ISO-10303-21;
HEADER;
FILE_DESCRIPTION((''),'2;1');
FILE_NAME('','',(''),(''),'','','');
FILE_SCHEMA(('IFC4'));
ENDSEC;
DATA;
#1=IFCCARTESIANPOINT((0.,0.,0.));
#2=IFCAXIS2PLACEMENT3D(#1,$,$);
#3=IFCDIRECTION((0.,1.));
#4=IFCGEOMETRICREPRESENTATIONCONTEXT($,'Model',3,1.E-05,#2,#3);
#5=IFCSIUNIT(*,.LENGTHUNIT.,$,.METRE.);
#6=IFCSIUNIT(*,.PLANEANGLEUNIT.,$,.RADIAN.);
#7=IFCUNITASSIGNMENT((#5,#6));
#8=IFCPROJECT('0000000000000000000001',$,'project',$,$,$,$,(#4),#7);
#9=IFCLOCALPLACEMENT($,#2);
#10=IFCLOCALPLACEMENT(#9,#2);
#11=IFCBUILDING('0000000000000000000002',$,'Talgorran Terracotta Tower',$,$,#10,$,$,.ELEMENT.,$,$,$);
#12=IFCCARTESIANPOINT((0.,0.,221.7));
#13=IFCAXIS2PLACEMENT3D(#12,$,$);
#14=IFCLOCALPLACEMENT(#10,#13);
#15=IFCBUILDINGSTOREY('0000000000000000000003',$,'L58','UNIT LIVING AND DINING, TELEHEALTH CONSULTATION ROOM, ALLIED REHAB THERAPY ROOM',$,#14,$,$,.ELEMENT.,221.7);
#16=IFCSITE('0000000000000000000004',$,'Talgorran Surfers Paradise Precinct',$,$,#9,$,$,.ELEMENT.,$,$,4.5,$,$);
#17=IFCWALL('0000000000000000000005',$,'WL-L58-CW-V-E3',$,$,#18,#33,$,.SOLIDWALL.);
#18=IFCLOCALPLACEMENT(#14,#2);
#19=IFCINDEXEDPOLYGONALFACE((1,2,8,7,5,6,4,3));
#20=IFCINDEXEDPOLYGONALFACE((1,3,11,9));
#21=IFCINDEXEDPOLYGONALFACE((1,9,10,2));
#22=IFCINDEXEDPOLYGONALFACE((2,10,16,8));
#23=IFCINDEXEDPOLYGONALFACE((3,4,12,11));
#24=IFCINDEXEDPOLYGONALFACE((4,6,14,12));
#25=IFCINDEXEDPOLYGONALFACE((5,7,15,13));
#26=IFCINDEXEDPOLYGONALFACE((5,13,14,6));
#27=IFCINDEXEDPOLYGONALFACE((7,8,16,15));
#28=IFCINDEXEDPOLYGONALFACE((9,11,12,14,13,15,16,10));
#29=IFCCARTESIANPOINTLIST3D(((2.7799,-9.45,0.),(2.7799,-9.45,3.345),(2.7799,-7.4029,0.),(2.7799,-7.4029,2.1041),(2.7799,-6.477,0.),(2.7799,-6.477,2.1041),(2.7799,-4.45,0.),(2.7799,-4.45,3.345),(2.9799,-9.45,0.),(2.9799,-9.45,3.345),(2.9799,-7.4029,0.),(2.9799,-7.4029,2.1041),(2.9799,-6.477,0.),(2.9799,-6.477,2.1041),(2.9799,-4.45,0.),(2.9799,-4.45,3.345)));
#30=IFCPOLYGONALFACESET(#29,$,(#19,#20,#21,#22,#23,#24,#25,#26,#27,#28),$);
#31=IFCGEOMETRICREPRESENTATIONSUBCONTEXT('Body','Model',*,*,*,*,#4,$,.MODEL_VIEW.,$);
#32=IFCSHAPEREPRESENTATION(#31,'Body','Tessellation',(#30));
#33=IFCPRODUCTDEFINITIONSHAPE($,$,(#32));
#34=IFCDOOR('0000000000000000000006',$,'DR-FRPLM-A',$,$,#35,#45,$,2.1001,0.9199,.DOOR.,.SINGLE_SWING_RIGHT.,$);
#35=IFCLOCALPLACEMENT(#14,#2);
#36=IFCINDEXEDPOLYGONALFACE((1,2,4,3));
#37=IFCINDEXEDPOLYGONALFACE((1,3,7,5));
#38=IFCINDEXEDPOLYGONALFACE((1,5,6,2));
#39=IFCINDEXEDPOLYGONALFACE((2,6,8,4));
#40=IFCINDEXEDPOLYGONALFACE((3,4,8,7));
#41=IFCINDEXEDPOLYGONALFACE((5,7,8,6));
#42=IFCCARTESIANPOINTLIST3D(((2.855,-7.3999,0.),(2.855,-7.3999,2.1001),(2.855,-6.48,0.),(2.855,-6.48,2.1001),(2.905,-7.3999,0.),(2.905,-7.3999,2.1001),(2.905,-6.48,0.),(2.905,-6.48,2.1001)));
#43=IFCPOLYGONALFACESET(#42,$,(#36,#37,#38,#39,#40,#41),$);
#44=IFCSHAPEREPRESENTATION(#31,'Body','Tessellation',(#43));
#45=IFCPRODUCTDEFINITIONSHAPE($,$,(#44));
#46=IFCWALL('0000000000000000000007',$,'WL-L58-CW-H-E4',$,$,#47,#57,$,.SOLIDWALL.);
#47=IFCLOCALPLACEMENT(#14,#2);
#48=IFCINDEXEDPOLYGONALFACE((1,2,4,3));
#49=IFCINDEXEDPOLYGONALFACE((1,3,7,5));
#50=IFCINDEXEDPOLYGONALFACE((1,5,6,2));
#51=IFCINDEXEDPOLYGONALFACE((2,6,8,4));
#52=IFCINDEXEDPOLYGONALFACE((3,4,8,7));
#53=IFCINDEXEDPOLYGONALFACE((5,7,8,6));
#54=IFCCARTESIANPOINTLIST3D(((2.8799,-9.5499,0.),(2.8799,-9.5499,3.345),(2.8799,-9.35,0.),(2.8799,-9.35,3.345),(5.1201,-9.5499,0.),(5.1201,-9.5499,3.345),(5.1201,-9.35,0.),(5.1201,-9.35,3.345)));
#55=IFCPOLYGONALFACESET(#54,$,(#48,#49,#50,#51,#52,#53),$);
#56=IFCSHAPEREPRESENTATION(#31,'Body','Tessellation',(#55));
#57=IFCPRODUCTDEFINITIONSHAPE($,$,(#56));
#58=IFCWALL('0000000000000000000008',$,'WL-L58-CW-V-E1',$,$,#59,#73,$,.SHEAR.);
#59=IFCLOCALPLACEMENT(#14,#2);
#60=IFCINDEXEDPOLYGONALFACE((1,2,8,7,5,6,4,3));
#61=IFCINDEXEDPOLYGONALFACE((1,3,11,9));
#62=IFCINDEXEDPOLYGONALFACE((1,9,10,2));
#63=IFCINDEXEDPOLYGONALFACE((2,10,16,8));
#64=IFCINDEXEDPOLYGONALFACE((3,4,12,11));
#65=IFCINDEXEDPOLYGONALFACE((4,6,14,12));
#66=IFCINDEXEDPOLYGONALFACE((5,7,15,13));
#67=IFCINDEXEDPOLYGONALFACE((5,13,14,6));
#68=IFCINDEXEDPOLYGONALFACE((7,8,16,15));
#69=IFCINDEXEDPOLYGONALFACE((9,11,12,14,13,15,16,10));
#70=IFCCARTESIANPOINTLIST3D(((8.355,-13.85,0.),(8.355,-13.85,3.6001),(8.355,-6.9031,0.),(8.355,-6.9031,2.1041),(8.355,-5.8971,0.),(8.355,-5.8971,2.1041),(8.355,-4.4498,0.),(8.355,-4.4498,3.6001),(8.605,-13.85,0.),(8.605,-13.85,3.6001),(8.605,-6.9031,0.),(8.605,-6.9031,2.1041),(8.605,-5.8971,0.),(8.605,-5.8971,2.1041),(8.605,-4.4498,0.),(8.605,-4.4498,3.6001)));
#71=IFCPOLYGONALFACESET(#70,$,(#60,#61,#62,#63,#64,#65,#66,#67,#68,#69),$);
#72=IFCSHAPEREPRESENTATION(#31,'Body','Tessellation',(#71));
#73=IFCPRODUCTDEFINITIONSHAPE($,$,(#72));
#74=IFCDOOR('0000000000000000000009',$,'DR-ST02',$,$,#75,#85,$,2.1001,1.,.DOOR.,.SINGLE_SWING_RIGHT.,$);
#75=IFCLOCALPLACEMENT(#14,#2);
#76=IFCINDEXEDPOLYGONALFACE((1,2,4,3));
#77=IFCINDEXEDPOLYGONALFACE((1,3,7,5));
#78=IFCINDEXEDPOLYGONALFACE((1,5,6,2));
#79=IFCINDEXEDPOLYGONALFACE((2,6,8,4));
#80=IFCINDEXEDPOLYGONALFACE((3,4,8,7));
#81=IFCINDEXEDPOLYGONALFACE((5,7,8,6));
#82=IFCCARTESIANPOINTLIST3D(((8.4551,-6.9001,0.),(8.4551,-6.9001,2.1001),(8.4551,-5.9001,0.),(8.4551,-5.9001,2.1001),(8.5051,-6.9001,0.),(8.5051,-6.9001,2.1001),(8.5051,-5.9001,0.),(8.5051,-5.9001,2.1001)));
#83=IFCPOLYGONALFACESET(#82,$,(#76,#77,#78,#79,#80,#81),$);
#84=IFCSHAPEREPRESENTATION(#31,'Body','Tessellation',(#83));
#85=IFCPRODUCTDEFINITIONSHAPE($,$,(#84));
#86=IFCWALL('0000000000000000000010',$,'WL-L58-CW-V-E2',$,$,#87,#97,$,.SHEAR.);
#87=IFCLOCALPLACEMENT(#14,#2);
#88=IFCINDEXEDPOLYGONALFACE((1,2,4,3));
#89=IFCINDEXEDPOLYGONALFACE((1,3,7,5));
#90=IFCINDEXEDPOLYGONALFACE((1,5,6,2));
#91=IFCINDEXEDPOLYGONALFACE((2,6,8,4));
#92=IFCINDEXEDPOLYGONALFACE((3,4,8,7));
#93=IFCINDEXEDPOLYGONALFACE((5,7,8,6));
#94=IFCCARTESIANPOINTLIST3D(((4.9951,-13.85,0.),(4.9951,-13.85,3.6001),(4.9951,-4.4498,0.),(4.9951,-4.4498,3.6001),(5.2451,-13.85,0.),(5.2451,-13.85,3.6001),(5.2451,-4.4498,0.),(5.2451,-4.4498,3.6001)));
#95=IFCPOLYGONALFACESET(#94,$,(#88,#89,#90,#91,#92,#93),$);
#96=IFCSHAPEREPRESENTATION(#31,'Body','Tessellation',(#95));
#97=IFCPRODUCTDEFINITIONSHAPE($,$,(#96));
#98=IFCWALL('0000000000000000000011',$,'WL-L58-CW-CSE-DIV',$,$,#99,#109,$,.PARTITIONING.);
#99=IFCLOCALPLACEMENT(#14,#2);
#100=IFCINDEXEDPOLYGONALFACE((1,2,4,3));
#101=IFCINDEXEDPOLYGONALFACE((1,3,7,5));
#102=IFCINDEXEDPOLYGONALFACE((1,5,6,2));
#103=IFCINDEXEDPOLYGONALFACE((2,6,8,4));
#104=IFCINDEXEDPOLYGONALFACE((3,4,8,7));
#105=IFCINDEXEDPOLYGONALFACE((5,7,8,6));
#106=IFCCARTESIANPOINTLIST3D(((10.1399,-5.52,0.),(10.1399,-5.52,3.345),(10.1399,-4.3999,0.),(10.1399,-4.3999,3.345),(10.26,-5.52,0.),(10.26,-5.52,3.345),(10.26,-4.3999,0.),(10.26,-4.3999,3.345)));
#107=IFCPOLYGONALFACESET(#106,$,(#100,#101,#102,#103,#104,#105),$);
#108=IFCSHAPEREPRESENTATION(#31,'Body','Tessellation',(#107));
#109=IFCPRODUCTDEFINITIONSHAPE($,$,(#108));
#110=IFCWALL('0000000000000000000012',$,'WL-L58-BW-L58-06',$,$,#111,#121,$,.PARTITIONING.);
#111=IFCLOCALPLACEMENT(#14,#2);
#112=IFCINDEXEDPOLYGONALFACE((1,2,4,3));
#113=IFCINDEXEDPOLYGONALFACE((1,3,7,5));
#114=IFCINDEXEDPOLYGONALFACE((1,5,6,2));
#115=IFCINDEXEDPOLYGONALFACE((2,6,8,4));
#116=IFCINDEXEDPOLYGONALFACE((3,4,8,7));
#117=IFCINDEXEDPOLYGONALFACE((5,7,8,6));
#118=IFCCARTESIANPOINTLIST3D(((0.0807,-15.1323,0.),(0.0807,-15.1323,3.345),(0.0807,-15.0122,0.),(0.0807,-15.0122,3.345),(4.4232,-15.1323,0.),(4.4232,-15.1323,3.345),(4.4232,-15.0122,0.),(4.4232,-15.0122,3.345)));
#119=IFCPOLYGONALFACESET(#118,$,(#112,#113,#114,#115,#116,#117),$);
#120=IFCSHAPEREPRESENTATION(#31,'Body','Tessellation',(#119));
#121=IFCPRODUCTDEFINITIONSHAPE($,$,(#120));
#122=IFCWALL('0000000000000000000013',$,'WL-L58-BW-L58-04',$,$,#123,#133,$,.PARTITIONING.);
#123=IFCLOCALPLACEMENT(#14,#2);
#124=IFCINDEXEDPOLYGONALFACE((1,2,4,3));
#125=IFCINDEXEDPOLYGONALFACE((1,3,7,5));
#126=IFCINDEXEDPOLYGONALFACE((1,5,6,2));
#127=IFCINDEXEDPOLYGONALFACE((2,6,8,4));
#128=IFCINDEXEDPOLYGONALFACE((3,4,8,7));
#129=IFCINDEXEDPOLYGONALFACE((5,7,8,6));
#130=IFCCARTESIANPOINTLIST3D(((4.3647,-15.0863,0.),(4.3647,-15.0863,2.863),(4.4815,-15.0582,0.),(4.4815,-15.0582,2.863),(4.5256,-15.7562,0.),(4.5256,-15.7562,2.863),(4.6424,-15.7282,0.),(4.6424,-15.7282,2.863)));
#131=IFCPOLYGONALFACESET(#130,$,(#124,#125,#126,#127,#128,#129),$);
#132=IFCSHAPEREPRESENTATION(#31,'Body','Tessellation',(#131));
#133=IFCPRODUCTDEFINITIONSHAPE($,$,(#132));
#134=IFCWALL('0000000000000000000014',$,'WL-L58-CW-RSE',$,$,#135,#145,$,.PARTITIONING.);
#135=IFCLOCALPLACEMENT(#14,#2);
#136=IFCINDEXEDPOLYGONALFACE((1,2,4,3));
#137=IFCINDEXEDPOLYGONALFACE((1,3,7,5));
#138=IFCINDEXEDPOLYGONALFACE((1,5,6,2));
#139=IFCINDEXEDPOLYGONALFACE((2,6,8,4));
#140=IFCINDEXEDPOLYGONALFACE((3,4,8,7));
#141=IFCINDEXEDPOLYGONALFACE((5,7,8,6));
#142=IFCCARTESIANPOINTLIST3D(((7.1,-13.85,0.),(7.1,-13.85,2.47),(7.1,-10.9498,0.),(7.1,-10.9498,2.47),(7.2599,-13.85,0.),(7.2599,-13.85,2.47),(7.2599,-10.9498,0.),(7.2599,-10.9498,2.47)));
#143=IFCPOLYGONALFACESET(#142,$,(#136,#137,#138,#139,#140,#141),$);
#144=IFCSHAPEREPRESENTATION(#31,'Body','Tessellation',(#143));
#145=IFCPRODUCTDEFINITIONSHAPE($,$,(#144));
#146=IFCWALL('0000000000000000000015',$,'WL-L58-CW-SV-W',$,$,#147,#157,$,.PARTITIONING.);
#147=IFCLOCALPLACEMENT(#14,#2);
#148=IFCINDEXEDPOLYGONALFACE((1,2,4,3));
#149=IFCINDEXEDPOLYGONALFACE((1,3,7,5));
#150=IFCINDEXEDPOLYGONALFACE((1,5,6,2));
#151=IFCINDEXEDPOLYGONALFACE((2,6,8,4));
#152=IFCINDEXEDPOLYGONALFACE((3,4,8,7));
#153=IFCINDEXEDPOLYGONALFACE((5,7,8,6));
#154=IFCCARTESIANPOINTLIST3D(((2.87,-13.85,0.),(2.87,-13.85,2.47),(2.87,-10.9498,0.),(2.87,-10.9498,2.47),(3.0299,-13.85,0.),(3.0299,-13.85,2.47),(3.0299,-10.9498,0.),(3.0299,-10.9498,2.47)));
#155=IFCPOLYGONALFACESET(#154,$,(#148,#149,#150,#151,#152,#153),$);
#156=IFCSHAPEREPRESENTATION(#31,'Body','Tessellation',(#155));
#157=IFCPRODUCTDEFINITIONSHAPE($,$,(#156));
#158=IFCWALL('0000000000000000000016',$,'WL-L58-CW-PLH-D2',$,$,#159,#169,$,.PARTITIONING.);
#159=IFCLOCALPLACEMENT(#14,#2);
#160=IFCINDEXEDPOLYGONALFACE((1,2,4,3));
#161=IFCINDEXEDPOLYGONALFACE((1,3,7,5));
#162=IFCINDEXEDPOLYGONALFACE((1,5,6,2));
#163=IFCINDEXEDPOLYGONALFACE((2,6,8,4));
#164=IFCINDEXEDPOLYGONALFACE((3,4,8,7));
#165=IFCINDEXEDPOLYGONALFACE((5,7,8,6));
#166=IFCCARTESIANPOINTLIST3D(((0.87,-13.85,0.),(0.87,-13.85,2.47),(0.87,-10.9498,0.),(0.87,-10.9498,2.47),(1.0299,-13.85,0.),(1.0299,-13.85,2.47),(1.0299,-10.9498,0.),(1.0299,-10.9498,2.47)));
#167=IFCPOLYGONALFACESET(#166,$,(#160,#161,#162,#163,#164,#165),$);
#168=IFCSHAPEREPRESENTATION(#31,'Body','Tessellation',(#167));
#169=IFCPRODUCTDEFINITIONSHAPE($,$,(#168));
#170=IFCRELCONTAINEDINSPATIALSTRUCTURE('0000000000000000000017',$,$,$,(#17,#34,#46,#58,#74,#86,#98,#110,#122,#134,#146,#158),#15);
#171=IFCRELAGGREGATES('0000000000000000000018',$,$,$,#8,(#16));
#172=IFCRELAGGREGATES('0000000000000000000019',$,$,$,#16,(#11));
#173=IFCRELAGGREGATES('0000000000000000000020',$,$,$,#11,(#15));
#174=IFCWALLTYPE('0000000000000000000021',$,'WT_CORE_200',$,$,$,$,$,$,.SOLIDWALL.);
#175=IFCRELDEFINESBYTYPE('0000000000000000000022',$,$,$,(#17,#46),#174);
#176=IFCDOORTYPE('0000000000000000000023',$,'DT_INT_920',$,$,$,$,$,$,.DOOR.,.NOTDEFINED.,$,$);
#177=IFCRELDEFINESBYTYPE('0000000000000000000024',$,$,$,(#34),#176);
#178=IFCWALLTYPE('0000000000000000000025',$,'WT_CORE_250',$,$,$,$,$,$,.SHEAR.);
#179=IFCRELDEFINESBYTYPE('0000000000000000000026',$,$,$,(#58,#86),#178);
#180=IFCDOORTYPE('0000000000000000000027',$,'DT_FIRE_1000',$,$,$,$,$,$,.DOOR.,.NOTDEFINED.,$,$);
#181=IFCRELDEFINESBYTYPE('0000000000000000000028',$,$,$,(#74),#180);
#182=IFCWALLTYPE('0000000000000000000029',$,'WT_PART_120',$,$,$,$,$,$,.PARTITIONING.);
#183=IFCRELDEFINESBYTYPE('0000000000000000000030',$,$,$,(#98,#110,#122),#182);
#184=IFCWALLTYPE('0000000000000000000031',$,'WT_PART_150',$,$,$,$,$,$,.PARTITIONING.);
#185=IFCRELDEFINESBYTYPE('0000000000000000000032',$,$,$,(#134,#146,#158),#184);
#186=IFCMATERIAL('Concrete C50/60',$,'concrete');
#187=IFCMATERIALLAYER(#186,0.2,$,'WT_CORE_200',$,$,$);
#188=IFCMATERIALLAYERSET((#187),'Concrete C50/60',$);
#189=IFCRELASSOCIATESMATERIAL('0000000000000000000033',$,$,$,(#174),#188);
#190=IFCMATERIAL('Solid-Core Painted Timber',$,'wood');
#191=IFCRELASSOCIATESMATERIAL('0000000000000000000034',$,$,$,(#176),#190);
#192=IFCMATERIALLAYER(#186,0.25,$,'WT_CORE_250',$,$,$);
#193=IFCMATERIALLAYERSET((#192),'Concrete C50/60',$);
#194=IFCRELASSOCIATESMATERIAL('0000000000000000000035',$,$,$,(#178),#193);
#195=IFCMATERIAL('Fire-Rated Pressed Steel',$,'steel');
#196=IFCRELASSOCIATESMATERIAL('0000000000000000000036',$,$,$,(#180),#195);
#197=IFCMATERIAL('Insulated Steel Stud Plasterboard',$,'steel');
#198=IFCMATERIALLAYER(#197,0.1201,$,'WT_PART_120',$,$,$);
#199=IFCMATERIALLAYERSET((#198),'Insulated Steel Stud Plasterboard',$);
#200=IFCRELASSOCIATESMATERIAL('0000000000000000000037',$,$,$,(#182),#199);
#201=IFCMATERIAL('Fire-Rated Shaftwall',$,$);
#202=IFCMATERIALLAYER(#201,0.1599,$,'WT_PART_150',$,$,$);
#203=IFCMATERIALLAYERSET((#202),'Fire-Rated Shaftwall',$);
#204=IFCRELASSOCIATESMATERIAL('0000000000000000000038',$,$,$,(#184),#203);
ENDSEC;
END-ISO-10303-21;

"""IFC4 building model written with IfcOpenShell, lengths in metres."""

from ifc_helpers import new_model, si_unit, direction, frame, frame_2d, origin, place, context, subcontext, project, spatial, rectangle, extrude, material, layer, layer_set, type_object, element, fill, save


model = new_model("IFC4")

# Units and contexts
model_context = context("Model", 3, precision=1e-05, world=origin(), true_north=direction((0.0, 1.0)))
body_context = subcontext(model_context, "Body", "Model", "MODEL_VIEW")
ifc_project = project(units=[si_unit("LENGTHUNIT", "METRE"), si_unit("PLANEANGLEUNIT", "RADIAN")], contexts=[model_context])

# Site, building, storey
site_placement = place(None, origin())
site = spatial("IfcSite", under=ifc_project, at=site_placement, Name="Talgorran Surfers Paradise Precinct", CompositionType="ELEMENT", RefElevation=4.5)
building_placement = place(site_placement, origin())
building = spatial("IfcBuilding", under=site, at=building_placement, Name="Talgorran Terracotta Tower", CompositionType="ELEMENT")
storey_placement = place(building_placement, frame((0.0, 0.0, 221.7)))
storey = spatial("IfcBuildingStorey", under=building, at=storey_placement, Name="L58", Description="UNIT LIVING AND DINING, TELEHEALTH CONSULTATION ROOM, ALLIED REHAB THERAPY ROOM", CompositionType="ELEMENT", Elevation=221.7)

# Shared definitions
ifc_material_1 = material(Name="Concrete C50/60", Category="concrete")

# Shared definitions
ifc_layer_1 = layer(ifc_material_1, 0.2, Name="WT_CORE_200")
ifc_layer_set_1 = layer_set([ifc_layer_1], Name="Concrete C50/60")
wall_type_1 = type_object("IfcWallType", Name="WT_CORE_200", PredefinedType="SOLIDWALL", material=ifc_layer_set_1)

# Shared definitions
ifc_material_2 = material(Name="Fire-Rated Pressed Steel", Category="steel")

# Wall, opening, door
wall_1_placement = place(storey_placement, frame((2.8799, -9.45, 0.0), z_axis=(0.0, 0.0, 1.0), x_axis=(0.0, 1.0, 0.0)))
wall_1 = element("IfcWall", 1, at=wall_1_placement, inside=storey, type_object=wall_type_1, Name="WL-L58-CW-V-E3", PredefinedType="SOLIDWALL", context=body_context, shape_type="SweptSolid", body=[
    extrude(rectangle(XDim=5.0, YDim=0.2, at=frame_2d((2.5, 0.0))), origin(), (0.0, 0.0, 1.0), 3.345),
])
opening_1_placement = place(wall_1_placement, frame((2.05, 0.0, 0.0)))
opening_1 = element("IfcOpeningElement", 2, at=opening_1_placement, cuts=wall_1, PredefinedType="OPENING", context=body_context, shape_type="SweptSolid", body=[
    extrude(rectangle(XDim=0.9259, YDim=2.1041, at=frame_2d((0.46, 1.052))), frame((0.0, 0.1099, 0.0), z_axis=(0.0, -1.0, 0.0), x_axis=(1.0, 0.0, 0.0)), (0.0, 0.0, 1.0), 0.22),
])
ifc_material_3 = material(Name="Solid-Core Painted Timber", Category="wood")
door_type_1 = type_object("IfcDoorType", Name="DT_INT_920", OperationType="NOTDEFINED", PredefinedType="DOOR", material=ifc_material_3)
door_1_placement = place(opening_1_placement, origin())
door_1 = element("IfcDoor", 3, at=door_1_placement, inside=storey, type_object=door_type_1, Name="DR-FRPLM-A", OperationType="SINGLE_SWING_RIGHT", OverallHeight=2.1001, OverallWidth=0.9199, PredefinedType="DOOR", context=body_context, shape_type="SweptSolid", body=[
    extrude(rectangle(XDim=0.9199, YDim=2.1001, at=frame_2d((0.46, 1.05))), frame((0.0, 0.0249, 0.0), z_axis=(0.0, -1.0, 0.0), x_axis=(1.0, 0.0, 0.0)), (0.0, 0.0, 1.0), 0.05),
])
fill(opening_1, door_1)

# Wall
wall_2_placement = place(storey_placement, frame((2.8799, -9.45, 0.0), z_axis=(0.0, 0.0, 1.0), x_axis=(1.0, 0.0, 0.0)))
element("IfcWall", 4, at=wall_2_placement, inside=storey, type_object=wall_type_1, Name="WL-L58-CW-H-E4", PredefinedType="SOLIDWALL", context=body_context, shape_type="SweptSolid", body=[
    extrude(rectangle(XDim=2.2402, YDim=0.2, at=frame_2d((1.1201, 0.0))), origin(), (0.0, 0.0, 1.0), 3.345),
])

# Wall, opening, door
ifc_layer_2 = layer(ifc_material_1, 0.25, Name="WT_CORE_250")
ifc_layer_set_2 = layer_set([ifc_layer_2], Name="Concrete C50/60")
wall_type_2 = type_object("IfcWallType", Name="WT_CORE_250", PredefinedType="SHEAR", material=ifc_layer_set_2)
wall_3_placement = place(storey_placement, frame((8.48, -13.8501, 0.0), z_axis=(0.0, 0.0, 1.0), x_axis=(0.0, 1.0, 0.0)))
wall_3 = element("IfcWall", 5, at=wall_3_placement, inside=storey, type_object=wall_type_2, Name="WL-L58-CW-V-E1", PredefinedType="SHEAR", context=body_context, shape_type="SweptSolid", body=[
    extrude(rectangle(XDim=9.4001, YDim=0.25, at=frame_2d((4.7002, 0.0))), origin(), (0.0, 0.0, 1.0), 3.6001),
])
opening_2_placement = place(wall_3_placement, frame((6.95, 0.0, 0.0)))
opening_2 = element("IfcOpeningElement", 6, at=opening_2_placement, cuts=wall_3, PredefinedType="OPENING", context=body_context, shape_type="SweptSolid", body=[
    extrude(rectangle(XDim=1.006, YDim=2.1041, at=frame_2d((0.5, 1.052))), frame((0.0, 0.135, 0.0), z_axis=(0.0, -1.0, 0.0), x_axis=(1.0, 0.0, 0.0)), (0.0, 0.0, 1.0), 0.27),
])
door_type_2 = type_object("IfcDoorType", Name="DT_FIRE_1000", OperationType="NOTDEFINED", PredefinedType="DOOR", material=ifc_material_2)
door_2_placement = place(opening_2_placement, origin())
door_2 = element("IfcDoor", 7, at=door_2_placement, inside=storey, type_object=door_type_2, Name="DR-ST02", OperationType="SINGLE_SWING_RIGHT", OverallHeight=2.1001, OverallWidth=1.0, PredefinedType="DOOR", context=body_context, shape_type="SweptSolid", body=[
    extrude(rectangle(XDim=1.0, YDim=2.1001, at=frame_2d((0.5, 1.05))), frame((0.0, 0.0249, 0.0), z_axis=(0.0, -1.0, 0.0), x_axis=(1.0, 0.0, 0.0)), (0.0, 0.0, 1.0), 0.05),
])
fill(opening_2, door_2)

# Walls
wall_4_placement = place(storey_placement, frame((5.1201, -13.8501, 0.0), z_axis=(0.0, 0.0, 1.0), x_axis=(0.0, 1.0, 0.0)))
element("IfcWall", 8, at=wall_4_placement, inside=storey, type_object=wall_type_2, Name="WL-L58-CW-V-E2", PredefinedType="SHEAR", context=body_context, shape_type="SweptSolid", body=[
    extrude(rectangle(XDim=9.4001, YDim=0.25, at=frame_2d((4.7002, 0.0))), origin(), (0.0, 0.0, 1.0), 3.6001),
])
ifc_material_4 = material(Name="Insulated Steel Stud Plasterboard", Category="steel")
ifc_layer_3 = layer(ifc_material_4, 0.1201, Name="WT_PART_120")
ifc_layer_set_3 = layer_set([ifc_layer_3], Name="Insulated Steel Stud Plasterboard")
wall_type_3 = type_object("IfcWallType", Name="WT_PART_120", PredefinedType="PARTITIONING", material=ifc_layer_set_3)
wall_5_placement = place(storey_placement, frame((10.2, -5.52, 0.0), z_axis=(0.0, 0.0, 1.0), x_axis=(0.0, 1.0, 0.0)))
element("IfcWall", 9, at=wall_5_placement, inside=storey, type_object=wall_type_3, Name="WL-L58-CW-CSE-DIV", PredefinedType="PARTITIONING", context=body_context, shape_type="SweptSolid", body=[
    extrude(rectangle(XDim=1.1201, YDim=0.1201, at=frame_2d((0.5601, 0.0))), origin(), (0.0, 0.0, 1.0), 3.345),
])
wall_6_placement = place(storey_placement, frame((0.0806, -15.0723, 0.0), z_axis=(0.0, 0.0, 1.0), x_axis=(1.0, 0.0, 0.0)))
element("IfcWall", 10, at=wall_6_placement, inside=storey, type_object=wall_type_3, Name="WL-L58-BW-L58-06", PredefinedType="PARTITIONING", context=body_context, shape_type="SweptSolid", body=[
    extrude(rectangle(XDim=4.3425, YDim=0.1201, at=frame_2d((2.1714, 0.0))), origin(), (0.0, 0.0, 1.0), 3.345),
])
wall_7_placement = place(storey_placement, frame((4.4231, -15.0723, 0.0), z_axis=(0.0, 0.0, 1.0), x_axis=(0.23352, -0.972352, 0.0)))
element("IfcWall", 11, at=wall_7_placement, inside=storey, type_object=wall_type_3, Name="WL-L58-BW-L58-04", PredefinedType="PARTITIONING", context=body_context, shape_type="SweptSolid", body=[
    extrude(rectangle(XDim=0.689, YDim=0.1201, at=frame_2d((0.3445, 0.0))), origin(), (0.0, 0.0, 1.0), 2.863),
])
ifc_material_5 = material(Name="Fire-Rated Shaftwall")
ifc_layer_4 = layer(ifc_material_5, 0.1599, Name="WT_PART_150")
ifc_layer_set_4 = layer_set([ifc_layer_4], Name="Fire-Rated Shaftwall")
wall_type_4 = type_object("IfcWallType", Name="WT_PART_150", PredefinedType="PARTITIONING", material=ifc_layer_set_4)
for number, where, z_axis, x_axis, name in (
    (12, (7.1799, -13.8501, 0.0), (0.0, 0.0, 1.0), (0.0, 1.0, 0.0), "WL-L58-CW-RSE"),
    (13, (2.95, -13.8501, 0.0), (0.0, 0.0, 1.0), (0.0, 1.0, 0.0), "WL-L58-CW-SV-W"),
    (14, (0.95, -13.8501, 0.0), (0.0, 0.0, 1.0), (0.0, 1.0, 0.0), "WL-L58-CW-PLH-D2"),
):
    element("IfcWall", number, at=place(storey_placement, frame(where, z_axis=z_axis, x_axis=x_axis)), inside=storey, type_object=wall_type_4, Name=name, PredefinedType="PARTITIONING", context=body_context, shape_type="SweptSolid", body=[
        extrude(rectangle(XDim=2.9001, YDim=0.1599, at=frame_2d((1.4502, 0.0))), origin(), (0.0, 0.0, 1.0), 2.47),
    ])

save(model, "model.ifc")
